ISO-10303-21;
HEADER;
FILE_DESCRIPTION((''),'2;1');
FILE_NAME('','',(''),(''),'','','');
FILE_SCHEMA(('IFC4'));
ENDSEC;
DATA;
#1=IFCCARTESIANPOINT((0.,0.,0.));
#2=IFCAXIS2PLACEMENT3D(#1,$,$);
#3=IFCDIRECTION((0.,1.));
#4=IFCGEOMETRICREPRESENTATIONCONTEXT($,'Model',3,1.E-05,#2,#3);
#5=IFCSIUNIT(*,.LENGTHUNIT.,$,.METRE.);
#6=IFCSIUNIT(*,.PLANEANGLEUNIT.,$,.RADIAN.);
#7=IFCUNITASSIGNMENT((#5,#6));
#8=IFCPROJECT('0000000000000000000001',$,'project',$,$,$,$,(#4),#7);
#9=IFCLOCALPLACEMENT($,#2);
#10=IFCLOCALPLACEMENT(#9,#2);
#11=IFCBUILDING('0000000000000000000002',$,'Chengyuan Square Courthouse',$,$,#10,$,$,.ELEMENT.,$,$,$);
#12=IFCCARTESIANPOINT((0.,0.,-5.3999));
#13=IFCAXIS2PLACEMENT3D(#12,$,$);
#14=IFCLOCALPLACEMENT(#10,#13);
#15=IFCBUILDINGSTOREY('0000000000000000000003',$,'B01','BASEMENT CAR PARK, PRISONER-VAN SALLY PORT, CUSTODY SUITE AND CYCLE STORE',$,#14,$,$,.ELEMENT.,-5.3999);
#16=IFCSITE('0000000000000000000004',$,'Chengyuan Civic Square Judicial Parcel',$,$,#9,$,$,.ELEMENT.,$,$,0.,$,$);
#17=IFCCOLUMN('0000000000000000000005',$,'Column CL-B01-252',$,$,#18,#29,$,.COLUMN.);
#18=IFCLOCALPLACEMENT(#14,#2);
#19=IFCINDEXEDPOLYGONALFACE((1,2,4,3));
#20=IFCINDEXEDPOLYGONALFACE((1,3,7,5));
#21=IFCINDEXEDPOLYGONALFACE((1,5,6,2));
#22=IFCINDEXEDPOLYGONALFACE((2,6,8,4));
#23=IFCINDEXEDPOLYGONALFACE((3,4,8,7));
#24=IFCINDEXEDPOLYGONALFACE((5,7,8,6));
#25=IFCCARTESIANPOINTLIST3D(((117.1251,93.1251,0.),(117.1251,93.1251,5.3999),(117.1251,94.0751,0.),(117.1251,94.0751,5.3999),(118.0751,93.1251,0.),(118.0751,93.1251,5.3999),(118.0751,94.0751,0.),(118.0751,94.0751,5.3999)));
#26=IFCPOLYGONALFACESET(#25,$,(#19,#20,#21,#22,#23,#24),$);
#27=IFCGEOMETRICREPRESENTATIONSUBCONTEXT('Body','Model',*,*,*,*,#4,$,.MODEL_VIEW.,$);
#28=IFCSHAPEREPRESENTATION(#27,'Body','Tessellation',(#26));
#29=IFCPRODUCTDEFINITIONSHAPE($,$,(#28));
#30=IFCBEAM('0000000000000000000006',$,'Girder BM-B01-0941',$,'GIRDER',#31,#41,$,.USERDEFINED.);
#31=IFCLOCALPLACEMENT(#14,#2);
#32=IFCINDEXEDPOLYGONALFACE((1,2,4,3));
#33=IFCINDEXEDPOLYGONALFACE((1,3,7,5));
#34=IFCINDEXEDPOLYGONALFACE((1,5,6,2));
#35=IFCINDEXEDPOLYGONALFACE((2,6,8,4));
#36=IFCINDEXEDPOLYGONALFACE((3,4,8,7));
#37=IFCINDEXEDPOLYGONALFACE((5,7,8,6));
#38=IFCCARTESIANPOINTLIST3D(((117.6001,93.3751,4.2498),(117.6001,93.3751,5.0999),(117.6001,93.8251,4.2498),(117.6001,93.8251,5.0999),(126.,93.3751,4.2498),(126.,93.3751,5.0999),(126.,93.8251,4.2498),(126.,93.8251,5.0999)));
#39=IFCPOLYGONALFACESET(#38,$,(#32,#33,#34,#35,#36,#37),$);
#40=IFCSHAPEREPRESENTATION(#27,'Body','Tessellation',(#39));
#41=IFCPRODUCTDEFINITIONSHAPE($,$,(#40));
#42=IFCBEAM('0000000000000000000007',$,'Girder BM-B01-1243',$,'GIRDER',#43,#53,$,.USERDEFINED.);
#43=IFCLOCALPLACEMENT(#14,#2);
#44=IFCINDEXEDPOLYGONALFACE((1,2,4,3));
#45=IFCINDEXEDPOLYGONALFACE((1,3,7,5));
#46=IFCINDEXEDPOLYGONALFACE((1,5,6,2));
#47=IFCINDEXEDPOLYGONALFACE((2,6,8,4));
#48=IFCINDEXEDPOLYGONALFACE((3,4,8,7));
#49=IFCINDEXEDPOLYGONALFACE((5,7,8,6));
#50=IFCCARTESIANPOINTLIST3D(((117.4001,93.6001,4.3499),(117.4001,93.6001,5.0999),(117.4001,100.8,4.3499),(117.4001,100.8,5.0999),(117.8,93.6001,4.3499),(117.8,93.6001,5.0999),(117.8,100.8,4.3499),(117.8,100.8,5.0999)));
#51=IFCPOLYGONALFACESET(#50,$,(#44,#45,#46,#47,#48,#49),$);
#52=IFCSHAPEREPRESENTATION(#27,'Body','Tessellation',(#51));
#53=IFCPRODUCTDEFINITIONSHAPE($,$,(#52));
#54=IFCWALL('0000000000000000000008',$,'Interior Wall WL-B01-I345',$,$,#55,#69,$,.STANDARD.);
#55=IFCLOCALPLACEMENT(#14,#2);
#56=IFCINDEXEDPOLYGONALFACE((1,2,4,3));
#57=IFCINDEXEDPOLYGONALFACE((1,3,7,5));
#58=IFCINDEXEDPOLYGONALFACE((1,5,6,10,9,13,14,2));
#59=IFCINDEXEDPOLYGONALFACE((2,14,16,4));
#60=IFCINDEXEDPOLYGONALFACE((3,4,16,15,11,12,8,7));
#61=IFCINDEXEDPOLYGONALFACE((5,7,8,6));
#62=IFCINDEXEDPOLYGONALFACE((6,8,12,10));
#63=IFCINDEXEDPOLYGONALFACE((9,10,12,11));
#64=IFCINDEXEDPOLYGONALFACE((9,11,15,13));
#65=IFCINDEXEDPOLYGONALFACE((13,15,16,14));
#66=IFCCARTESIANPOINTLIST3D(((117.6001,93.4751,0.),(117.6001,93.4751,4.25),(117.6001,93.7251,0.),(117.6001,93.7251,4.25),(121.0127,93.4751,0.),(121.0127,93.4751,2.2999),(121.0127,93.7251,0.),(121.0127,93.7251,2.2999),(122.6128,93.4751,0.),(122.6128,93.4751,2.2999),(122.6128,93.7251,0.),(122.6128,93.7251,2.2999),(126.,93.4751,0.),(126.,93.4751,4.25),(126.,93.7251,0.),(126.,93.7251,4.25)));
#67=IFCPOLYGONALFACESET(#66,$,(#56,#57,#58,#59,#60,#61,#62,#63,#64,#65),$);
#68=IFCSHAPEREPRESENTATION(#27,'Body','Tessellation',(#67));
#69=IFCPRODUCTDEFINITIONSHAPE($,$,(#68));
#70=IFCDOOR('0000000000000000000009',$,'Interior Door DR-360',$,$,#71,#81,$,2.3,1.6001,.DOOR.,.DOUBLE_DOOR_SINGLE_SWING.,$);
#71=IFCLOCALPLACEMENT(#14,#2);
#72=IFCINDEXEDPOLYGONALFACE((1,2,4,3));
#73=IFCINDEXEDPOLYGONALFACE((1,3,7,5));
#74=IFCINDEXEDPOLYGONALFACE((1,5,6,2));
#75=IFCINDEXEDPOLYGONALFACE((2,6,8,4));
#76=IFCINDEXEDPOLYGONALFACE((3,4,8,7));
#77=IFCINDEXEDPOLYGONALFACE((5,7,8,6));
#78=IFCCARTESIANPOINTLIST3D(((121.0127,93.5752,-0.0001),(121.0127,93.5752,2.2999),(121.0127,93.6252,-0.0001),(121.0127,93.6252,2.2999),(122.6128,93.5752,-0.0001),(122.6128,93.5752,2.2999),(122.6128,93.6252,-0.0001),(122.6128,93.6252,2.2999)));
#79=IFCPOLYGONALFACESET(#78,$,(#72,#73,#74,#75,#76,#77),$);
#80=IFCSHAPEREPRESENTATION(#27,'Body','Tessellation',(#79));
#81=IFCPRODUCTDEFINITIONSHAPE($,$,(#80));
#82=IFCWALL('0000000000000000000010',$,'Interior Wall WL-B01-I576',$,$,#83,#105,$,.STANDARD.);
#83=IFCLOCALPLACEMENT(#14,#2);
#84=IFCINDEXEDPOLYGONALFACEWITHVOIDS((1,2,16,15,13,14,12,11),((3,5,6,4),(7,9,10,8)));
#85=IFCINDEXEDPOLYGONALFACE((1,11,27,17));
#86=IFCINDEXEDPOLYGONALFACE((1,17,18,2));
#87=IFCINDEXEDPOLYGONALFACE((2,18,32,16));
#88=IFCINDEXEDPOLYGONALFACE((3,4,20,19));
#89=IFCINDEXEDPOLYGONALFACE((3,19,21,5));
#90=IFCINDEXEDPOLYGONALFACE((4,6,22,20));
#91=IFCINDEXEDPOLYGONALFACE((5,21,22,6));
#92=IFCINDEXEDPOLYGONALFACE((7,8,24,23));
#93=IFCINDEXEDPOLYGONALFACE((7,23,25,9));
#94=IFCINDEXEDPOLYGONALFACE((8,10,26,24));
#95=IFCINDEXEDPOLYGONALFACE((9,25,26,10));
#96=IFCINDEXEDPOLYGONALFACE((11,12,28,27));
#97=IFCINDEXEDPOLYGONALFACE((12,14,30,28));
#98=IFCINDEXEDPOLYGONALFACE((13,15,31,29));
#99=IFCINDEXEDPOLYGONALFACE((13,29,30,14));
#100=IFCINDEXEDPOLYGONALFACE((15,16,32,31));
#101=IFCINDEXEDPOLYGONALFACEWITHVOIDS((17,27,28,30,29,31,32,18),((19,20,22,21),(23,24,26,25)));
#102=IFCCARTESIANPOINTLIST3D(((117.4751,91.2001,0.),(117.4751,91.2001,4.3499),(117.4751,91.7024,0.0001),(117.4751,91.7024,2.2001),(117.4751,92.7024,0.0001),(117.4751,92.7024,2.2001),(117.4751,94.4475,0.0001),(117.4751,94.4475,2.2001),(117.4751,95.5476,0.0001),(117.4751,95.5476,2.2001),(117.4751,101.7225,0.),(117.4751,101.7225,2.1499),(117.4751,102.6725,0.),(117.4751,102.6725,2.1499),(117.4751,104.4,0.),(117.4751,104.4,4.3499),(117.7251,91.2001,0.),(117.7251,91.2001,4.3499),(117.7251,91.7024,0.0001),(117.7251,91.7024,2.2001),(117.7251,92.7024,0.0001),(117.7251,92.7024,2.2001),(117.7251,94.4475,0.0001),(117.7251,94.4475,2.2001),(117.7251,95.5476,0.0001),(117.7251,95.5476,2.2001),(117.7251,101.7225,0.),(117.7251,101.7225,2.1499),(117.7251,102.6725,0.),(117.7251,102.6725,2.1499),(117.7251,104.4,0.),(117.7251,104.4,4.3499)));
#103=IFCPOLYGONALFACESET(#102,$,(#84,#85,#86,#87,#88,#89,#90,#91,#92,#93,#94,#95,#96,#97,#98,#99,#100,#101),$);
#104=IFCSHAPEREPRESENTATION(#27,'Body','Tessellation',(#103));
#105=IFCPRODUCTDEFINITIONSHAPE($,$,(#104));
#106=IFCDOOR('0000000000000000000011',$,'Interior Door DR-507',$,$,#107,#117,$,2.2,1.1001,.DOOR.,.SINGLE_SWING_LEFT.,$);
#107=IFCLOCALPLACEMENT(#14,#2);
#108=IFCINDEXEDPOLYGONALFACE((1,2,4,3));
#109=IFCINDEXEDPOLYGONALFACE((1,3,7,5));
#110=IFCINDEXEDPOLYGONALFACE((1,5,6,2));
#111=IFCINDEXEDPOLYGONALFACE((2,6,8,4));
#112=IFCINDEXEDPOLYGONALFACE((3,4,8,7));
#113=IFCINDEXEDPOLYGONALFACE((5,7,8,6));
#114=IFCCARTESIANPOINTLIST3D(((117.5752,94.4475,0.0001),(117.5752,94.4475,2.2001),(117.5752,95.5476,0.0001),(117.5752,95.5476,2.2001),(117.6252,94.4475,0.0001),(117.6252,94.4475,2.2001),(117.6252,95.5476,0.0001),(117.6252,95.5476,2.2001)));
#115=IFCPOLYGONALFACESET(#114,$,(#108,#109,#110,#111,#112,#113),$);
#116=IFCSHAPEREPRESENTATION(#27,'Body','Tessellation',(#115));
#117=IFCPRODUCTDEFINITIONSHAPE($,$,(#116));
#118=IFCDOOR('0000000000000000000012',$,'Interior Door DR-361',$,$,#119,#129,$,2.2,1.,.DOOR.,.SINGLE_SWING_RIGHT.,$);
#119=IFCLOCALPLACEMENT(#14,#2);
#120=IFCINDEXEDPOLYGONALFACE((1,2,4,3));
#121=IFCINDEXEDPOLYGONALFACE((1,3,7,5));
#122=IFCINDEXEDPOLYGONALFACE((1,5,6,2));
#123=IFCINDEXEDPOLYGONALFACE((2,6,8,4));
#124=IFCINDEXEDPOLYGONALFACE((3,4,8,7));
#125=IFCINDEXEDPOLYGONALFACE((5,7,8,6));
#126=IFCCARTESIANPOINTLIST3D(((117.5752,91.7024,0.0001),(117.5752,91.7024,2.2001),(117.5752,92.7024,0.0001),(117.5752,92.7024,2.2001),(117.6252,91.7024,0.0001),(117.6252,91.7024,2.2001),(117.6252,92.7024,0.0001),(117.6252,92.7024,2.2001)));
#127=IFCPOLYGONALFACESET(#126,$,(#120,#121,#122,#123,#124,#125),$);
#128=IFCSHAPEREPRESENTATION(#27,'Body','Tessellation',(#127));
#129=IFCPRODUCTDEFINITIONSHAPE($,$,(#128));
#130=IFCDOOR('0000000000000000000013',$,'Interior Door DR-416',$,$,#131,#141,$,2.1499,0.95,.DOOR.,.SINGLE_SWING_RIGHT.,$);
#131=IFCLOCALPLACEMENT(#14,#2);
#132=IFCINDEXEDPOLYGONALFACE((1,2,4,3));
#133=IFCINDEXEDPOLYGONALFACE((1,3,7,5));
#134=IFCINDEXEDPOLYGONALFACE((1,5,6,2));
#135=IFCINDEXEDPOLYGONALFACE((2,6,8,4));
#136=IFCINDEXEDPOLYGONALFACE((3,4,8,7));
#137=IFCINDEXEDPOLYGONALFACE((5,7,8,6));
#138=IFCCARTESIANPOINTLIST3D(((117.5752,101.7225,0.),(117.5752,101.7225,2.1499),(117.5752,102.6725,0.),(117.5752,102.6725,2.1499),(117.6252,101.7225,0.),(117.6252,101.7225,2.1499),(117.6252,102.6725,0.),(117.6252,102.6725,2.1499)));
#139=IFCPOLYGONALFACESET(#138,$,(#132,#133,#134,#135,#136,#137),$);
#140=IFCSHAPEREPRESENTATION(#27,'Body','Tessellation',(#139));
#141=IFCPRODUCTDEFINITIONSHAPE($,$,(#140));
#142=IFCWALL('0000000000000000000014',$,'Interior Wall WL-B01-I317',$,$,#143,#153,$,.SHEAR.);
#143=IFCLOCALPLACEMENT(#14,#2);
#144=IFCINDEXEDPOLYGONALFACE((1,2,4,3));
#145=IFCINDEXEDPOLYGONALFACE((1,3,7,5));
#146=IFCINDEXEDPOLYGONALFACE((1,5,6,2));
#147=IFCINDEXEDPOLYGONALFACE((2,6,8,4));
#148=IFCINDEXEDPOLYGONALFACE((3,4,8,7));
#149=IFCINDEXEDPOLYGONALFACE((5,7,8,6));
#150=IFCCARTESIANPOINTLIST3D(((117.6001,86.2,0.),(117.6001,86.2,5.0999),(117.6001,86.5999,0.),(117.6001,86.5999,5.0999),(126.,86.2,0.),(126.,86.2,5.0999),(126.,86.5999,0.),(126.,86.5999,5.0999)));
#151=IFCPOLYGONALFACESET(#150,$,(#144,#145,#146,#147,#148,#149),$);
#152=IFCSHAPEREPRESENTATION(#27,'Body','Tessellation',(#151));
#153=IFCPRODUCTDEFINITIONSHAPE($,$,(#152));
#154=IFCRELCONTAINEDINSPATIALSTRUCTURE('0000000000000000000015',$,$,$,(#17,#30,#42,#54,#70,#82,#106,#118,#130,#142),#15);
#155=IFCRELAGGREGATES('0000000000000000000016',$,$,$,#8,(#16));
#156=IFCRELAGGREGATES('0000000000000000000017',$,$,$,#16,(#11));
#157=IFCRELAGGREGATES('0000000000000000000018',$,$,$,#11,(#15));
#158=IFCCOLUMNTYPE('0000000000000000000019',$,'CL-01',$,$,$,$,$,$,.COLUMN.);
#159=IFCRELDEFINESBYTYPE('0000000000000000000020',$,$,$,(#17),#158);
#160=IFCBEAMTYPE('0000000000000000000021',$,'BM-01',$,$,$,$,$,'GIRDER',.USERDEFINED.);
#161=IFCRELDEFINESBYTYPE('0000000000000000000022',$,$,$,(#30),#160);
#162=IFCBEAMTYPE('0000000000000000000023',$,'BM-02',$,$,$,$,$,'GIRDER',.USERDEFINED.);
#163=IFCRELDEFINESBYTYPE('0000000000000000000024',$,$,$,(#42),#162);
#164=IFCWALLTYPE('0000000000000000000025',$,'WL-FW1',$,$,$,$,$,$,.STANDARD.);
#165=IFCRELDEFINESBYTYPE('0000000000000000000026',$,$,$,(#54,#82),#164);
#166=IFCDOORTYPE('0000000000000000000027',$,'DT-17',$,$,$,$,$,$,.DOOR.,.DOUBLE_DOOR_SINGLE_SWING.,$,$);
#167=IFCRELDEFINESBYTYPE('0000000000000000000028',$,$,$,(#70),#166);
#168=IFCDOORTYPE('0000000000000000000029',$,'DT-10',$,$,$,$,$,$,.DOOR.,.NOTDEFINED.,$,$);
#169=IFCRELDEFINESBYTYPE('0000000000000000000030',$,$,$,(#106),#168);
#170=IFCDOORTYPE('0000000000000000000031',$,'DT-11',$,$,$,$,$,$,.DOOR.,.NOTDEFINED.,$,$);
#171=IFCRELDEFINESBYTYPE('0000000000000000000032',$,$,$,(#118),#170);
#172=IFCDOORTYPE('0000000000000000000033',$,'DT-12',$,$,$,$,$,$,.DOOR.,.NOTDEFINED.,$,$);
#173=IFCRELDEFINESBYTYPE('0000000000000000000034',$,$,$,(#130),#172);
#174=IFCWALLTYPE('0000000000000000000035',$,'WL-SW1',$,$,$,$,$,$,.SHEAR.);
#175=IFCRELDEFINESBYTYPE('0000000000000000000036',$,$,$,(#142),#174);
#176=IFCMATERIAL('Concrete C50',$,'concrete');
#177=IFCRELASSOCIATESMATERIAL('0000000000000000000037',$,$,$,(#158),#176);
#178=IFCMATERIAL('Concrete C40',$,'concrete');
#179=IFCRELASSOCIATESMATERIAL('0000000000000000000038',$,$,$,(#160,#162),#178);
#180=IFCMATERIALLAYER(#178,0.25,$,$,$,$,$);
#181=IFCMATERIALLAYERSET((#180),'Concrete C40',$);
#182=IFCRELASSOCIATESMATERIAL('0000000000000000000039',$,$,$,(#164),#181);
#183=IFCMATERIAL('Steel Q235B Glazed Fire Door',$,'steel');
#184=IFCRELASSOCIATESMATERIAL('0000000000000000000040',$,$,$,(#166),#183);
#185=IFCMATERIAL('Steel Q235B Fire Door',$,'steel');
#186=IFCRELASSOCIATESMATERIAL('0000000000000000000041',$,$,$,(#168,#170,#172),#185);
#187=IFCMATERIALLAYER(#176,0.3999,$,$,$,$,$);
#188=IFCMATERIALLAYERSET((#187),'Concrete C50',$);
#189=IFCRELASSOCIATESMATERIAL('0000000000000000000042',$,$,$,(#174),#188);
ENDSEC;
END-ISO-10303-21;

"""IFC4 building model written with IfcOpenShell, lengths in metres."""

from ifc_helpers import new_model, si_unit, direction, frame, frame_2d, origin, origin_2d, place, context, subcontext, project, spatial, rectangle, extrude, material, layer, layer_set, material_profile, profile_set, type_object, element, fill, save


model = new_model("IFC4")

# Units and contexts
model_context = context("Model", 3, precision=1e-05, world=origin(), true_north=direction((0.0, 1.0)))
body_context = subcontext(model_context, "Body", "Model", "MODEL_VIEW")
ifc_project = project(units=[si_unit("LENGTHUNIT", "METRE"), si_unit("PLANEANGLEUNIT", "RADIAN")], contexts=[model_context])

# Site, building, storey
site_placement = place(None, origin())
site = spatial("IfcSite", under=ifc_project, at=site_placement, Name="Chengyuan Civic Square Judicial Parcel", CompositionType="ELEMENT", RefElevation=0.0)
building_placement = place(site_placement, origin())
building = spatial("IfcBuilding", under=site, at=building_placement, Name="Chengyuan Square Courthouse", CompositionType="ELEMENT")
storey_placement = place(building_placement, frame((0.0, 0.0, -5.3999)))
storey = spatial("IfcBuildingStorey", under=building, at=storey_placement, Name="B01", Description="BASEMENT CAR PARK, PRISONER-VAN SALLY PORT, CUSTODY SUITE AND CYCLE STORE", CompositionType="ELEMENT", Elevation=-5.3999)

# Column
ifc_material_1 = material(Name="Concrete C50", Category="concrete")
ifc_material_profile_1 = material_profile(ifc_material_1, rectangle(XDim=0.95, YDim=0.95, at=origin_2d()), Name="RC-COL-950x950")
ifc_profile_set_1 = profile_set([ifc_material_profile_1], Name="Concrete C50")
column_type = type_object("IfcColumnType", Name="CL-01", PredefinedType="COLUMN", material=ifc_profile_set_1)
column_placement = place(storey_placement, frame((117.6001, 93.6001, 0.0), z_axis=(0.0, 0.0, 1.0), x_axis=(1.0, 0.0, 0.0)))
element("IfcColumn", 1, at=column_placement, inside=storey, type_object=column_type, Name="Column CL-B01-252", PredefinedType="COLUMN", context=body_context, shape_type="SweptSolid", body=[
    extrude(rectangle(XDim=0.95, YDim=0.95, at=origin_2d()), origin(), (0.0, 0.0, 1.0), 5.3999),
])

# Beams
ifc_material_2 = material(Name="Concrete C40", Category="concrete")
ifc_material_profile_2 = material_profile(ifc_material_2, rectangle(XDim=0.45, YDim=0.8501, at=origin_2d()), Name="RC-BM-450x850")
ifc_profile_set_2 = profile_set([ifc_material_profile_2], Name="Concrete C40")
beam_type_1 = type_object("IfcBeamType", Name="BM-01", ElementType="GIRDER", PredefinedType="USERDEFINED", material=ifc_profile_set_2)
beam_1_placement = place(storey_placement, frame((117.6001, 93.6001, 4.6748), z_axis=(1.0, 0.0, 0.0), x_axis=(0.0, 1.0, 0.0)))
element("IfcBeam", 2, at=beam_1_placement, inside=storey, type_object=beam_type_1, Name="Girder BM-B01-0941", ObjectType="GIRDER", PredefinedType="USERDEFINED", context=body_context, shape_type="SweptSolid", body=[
    extrude(rectangle(XDim=0.45, YDim=0.8501, at=origin_2d()), origin(), (0.0, 0.0, 1.0), 8.3999),
])
ifc_material_profile_3 = material_profile(ifc_material_2, rectangle(XDim=0.3999, YDim=0.75, at=origin_2d()), Name="RC-BM-400x750")
ifc_profile_set_3 = profile_set([ifc_material_profile_3], Name="Concrete C40")
beam_type_2 = type_object("IfcBeamType", Name="BM-02", ElementType="GIRDER", PredefinedType="USERDEFINED", material=ifc_profile_set_3)
beam_2_placement = place(storey_placement, frame((117.6001, 93.6001, 4.7249), z_axis=(0.0, 1.0, 0.0), x_axis=(-1.0, 0.0, 0.0)))
element("IfcBeam", 3, at=beam_2_placement, inside=storey, type_object=beam_type_2, Name="Girder BM-B01-1243", ObjectType="GIRDER", PredefinedType="USERDEFINED", context=body_context, shape_type="SweptSolid", body=[
    extrude(rectangle(XDim=0.3999, YDim=0.75, at=origin_2d()), origin(), (0.0, 0.0, 1.0), 7.2),
])

# Wall, opening, door
ifc_layer_1 = layer(ifc_material_2, 0.25)
ifc_layer_set_1 = layer_set([ifc_layer_1], Name="Concrete C40")
wall_type_1 = type_object("IfcWallType", Name="WL-FW1", PredefinedType="STANDARD", material=ifc_layer_set_1)
wall_1_placement = place(storey_placement, frame((117.6001, 93.6001, 0.0), z_axis=(0.0, 0.0, 1.0), x_axis=(1.0, 0.0, 0.0)))
wall_1 = element("IfcWall", 4, at=wall_1_placement, inside=storey, type_object=wall_type_1, Name="Interior Wall WL-B01-I345", PredefinedType="STANDARD", context=body_context, shape_type="SweptSolid", body=[
    extrude(rectangle(XDim=8.3999, YDim=0.25, at=frame_2d((4.2, 0.0))), origin(), (0.0, 0.0, 1.0), 4.25),
])
opening_1_placement = place(wall_1_placement, frame((3.4126, 0.0, 0.0)))
opening_1 = element("IfcOpeningElement", 5, at=opening_1_placement, cuts=wall_1, PredefinedType="OPENING", context=body_context, shape_type="SweptSolid", body=[
    extrude(rectangle(XDim=1.6001, YDim=2.3, at=frame_2d((0.8, 1.1499))), frame((0.0, 0.137, 0.0), z_axis=(0.0, -1.0, 0.0), x_axis=(1.0, 0.0, 0.0)), (0.0, 0.0, 1.0), 0.2739),
])
ifc_material_3 = material(Name="Steel Q235B Glazed Fire Door", Category="steel")
door_type_1 = type_object("IfcDoorType", Name="DT-17", OperationType="DOUBLE_DOOR_SINGLE_SWING", PredefinedType="DOOR", material=ifc_material_3)
door_1_placement = place(opening_1_placement, frame((1.6001, 0.0, 0.0), z_axis=(0.0, 0.0, 1.0), x_axis=(-1.0, 0.0, 0.0)))
door_1 = element("IfcDoor", 6, at=door_1_placement, inside=storey, type_object=door_type_1, Name="Interior Door DR-360", OperationType="DOUBLE_DOOR_SINGLE_SWING", OverallHeight=2.3, OverallWidth=1.6001, PredefinedType="DOOR", context=body_context, shape_type="SweptSolid", body=[
    extrude(rectangle(XDim=1.6001, YDim=2.3, at=frame_2d((0.8, 1.1499))), frame((0.0, 0.0249, 0.0), z_axis=(0.0, -1.0, 0.0), x_axis=(1.0, 0.0, 0.0)), (0.0, 0.0, 1.0), 0.05),
])
fill(opening_1, door_1)

# Wall, openings, doors
wall_2_placement = place(storey_placement, frame((117.6001, 91.2, 0.0), z_axis=(0.0, 0.0, 1.0), x_axis=(0.0, 1.0, 0.0)))
wall_2 = element("IfcWall", 7, at=wall_2_placement, inside=storey, type_object=wall_type_1, Name="Interior Wall WL-B01-I576", PredefinedType="STANDARD", context=body_context, shape_type="SweptSolid", body=[
    extrude(rectangle(XDim=13.2, YDim=0.25, at=frame_2d((6.6001, 0.0))), origin(), (0.0, 0.0, 1.0), 4.3499),
])
opening_2_placement = place(wall_2_placement, frame((0.5024, 0.0, 0.0)))
opening_2 = element("IfcOpeningElement", 8, at=opening_2_placement, cuts=wall_2, PredefinedType="OPENING", context=body_context, shape_type="SweptSolid", body=[
    extrude(rectangle(XDim=1.0, YDim=2.2, at=frame_2d((0.5, 1.1001))), frame((0.0, 0.137, 0.0), z_axis=(0.0, -1.0, 0.0), x_axis=(1.0, 0.0, 0.0)), (0.0, 0.0, 1.0), 0.2739),
])
opening_3_placement = place(wall_2_placement, frame((10.5225, 0.0, 0.0)))
opening_3 = element("IfcOpeningElement", 9, at=opening_3_placement, cuts=wall_2, PredefinedType="OPENING", context=body_context, shape_type="SweptSolid", body=[
    extrude(rectangle(XDim=0.95, YDim=2.1499, at=frame_2d((0.4751, 1.075))), frame((0.0, 0.137, 0.0), z_axis=(0.0, -1.0, 0.0), x_axis=(1.0, 0.0, 0.0)), (0.0, 0.0, 1.0), 0.2739),
])
opening_4_placement = place(wall_2_placement, frame((3.2476, 0.0, 0.0)))
opening_4 = element("IfcOpeningElement", 10, at=opening_4_placement, cuts=wall_2, PredefinedType="OPENING", context=body_context, shape_type="SweptSolid", body=[
    extrude(rectangle(XDim=1.1001, YDim=2.2, at=frame_2d((0.55, 1.1001))), frame((0.0, 0.137, 0.0), z_axis=(0.0, -1.0, 0.0), x_axis=(1.0, 0.0, 0.0)), (0.0, 0.0, 1.0), 0.2739),
])
ifc_material_4 = material(Name="Steel Q235B Fire Door", Category="steel")
door_type_2 = type_object("IfcDoorType", Name="DT-10", OperationType="NOTDEFINED", PredefinedType="DOOR", material=ifc_material_4)
door_2_placement = place(opening_4_placement, origin())
door_2 = element("IfcDoor", 11, at=door_2_placement, inside=storey, type_object=door_type_2, Name="Interior Door DR-507", OperationType="SINGLE_SWING_LEFT", OverallHeight=2.2, OverallWidth=1.1001, PredefinedType="DOOR", context=body_context, shape_type="SweptSolid", body=[
    extrude(rectangle(XDim=1.1001, YDim=2.2, at=frame_2d((0.55, 1.1001))), frame((0.0, 0.0249, 0.0), z_axis=(0.0, -1.0, 0.0), x_axis=(1.0, 0.0, 0.0)), (0.0, 0.0, 1.0), 0.05),
])
fill(opening_4, door_2)
door_type_3 = type_object("IfcDoorType", Name="DT-11", OperationType="NOTDEFINED", PredefinedType="DOOR", material=ifc_material_4)
door_3_placement = place(opening_2_placement, origin())
door_3 = element("IfcDoor", 12, at=door_3_placement, inside=storey, type_object=door_type_3, Name="Interior Door DR-361", OperationType="SINGLE_SWING_RIGHT", OverallHeight=2.2, OverallWidth=1.0, PredefinedType="DOOR", context=body_context, shape_type="SweptSolid", body=[
    extrude(rectangle(XDim=1.0, YDim=2.2, at=frame_2d((0.5, 1.1001))), frame((0.0, 0.0249, 0.0), z_axis=(0.0, -1.0, 0.0), x_axis=(1.0, 0.0, 0.0)), (0.0, 0.0, 1.0), 0.05),
])
fill(opening_2, door_3)
door_type_4 = type_object("IfcDoorType", Name="DT-12", OperationType="NOTDEFINED", PredefinedType="DOOR", material=ifc_material_4)
door_4_placement = place(opening_3_placement, origin())
door_4 = element("IfcDoor", 13, at=door_4_placement, inside=storey, type_object=door_type_4, Name="Interior Door DR-416", OperationType="SINGLE_SWING_RIGHT", OverallHeight=2.1499, OverallWidth=0.95, PredefinedType="DOOR", context=body_context, shape_type="SweptSolid", body=[
    extrude(rectangle(XDim=0.95, YDim=2.1499, at=frame_2d((0.4751, 1.075))), frame((0.0, 0.0249, 0.0), z_axis=(0.0, -1.0, 0.0), x_axis=(1.0, 0.0, 0.0)), (0.0, 0.0, 1.0), 0.05),
])
fill(opening_3, door_4)

# Wall
ifc_layer_2 = layer(ifc_material_1, 0.3999)
ifc_layer_set_2 = layer_set([ifc_layer_2], Name="Concrete C50")
wall_type_2 = type_object("IfcWallType", Name="WL-SW1", PredefinedType="SHEAR", material=ifc_layer_set_2)
wall_3_placement = place(storey_placement, frame((117.6001, 86.3999, 0.0), z_axis=(0.0, 0.0, 1.0), x_axis=(1.0, 0.0, 0.0)))
element("IfcWall", 14, at=wall_3_placement, inside=storey, type_object=wall_type_2, Name="Interior Wall WL-B01-I317", PredefinedType="SHEAR", context=body_context, shape_type="SweptSolid", body=[
    extrude(rectangle(XDim=8.3999, YDim=0.3999, at=frame_2d((4.2, 0.0))), origin(), (0.0, 0.0, 1.0), 5.0999),
])

save(model, "model.ifc")
